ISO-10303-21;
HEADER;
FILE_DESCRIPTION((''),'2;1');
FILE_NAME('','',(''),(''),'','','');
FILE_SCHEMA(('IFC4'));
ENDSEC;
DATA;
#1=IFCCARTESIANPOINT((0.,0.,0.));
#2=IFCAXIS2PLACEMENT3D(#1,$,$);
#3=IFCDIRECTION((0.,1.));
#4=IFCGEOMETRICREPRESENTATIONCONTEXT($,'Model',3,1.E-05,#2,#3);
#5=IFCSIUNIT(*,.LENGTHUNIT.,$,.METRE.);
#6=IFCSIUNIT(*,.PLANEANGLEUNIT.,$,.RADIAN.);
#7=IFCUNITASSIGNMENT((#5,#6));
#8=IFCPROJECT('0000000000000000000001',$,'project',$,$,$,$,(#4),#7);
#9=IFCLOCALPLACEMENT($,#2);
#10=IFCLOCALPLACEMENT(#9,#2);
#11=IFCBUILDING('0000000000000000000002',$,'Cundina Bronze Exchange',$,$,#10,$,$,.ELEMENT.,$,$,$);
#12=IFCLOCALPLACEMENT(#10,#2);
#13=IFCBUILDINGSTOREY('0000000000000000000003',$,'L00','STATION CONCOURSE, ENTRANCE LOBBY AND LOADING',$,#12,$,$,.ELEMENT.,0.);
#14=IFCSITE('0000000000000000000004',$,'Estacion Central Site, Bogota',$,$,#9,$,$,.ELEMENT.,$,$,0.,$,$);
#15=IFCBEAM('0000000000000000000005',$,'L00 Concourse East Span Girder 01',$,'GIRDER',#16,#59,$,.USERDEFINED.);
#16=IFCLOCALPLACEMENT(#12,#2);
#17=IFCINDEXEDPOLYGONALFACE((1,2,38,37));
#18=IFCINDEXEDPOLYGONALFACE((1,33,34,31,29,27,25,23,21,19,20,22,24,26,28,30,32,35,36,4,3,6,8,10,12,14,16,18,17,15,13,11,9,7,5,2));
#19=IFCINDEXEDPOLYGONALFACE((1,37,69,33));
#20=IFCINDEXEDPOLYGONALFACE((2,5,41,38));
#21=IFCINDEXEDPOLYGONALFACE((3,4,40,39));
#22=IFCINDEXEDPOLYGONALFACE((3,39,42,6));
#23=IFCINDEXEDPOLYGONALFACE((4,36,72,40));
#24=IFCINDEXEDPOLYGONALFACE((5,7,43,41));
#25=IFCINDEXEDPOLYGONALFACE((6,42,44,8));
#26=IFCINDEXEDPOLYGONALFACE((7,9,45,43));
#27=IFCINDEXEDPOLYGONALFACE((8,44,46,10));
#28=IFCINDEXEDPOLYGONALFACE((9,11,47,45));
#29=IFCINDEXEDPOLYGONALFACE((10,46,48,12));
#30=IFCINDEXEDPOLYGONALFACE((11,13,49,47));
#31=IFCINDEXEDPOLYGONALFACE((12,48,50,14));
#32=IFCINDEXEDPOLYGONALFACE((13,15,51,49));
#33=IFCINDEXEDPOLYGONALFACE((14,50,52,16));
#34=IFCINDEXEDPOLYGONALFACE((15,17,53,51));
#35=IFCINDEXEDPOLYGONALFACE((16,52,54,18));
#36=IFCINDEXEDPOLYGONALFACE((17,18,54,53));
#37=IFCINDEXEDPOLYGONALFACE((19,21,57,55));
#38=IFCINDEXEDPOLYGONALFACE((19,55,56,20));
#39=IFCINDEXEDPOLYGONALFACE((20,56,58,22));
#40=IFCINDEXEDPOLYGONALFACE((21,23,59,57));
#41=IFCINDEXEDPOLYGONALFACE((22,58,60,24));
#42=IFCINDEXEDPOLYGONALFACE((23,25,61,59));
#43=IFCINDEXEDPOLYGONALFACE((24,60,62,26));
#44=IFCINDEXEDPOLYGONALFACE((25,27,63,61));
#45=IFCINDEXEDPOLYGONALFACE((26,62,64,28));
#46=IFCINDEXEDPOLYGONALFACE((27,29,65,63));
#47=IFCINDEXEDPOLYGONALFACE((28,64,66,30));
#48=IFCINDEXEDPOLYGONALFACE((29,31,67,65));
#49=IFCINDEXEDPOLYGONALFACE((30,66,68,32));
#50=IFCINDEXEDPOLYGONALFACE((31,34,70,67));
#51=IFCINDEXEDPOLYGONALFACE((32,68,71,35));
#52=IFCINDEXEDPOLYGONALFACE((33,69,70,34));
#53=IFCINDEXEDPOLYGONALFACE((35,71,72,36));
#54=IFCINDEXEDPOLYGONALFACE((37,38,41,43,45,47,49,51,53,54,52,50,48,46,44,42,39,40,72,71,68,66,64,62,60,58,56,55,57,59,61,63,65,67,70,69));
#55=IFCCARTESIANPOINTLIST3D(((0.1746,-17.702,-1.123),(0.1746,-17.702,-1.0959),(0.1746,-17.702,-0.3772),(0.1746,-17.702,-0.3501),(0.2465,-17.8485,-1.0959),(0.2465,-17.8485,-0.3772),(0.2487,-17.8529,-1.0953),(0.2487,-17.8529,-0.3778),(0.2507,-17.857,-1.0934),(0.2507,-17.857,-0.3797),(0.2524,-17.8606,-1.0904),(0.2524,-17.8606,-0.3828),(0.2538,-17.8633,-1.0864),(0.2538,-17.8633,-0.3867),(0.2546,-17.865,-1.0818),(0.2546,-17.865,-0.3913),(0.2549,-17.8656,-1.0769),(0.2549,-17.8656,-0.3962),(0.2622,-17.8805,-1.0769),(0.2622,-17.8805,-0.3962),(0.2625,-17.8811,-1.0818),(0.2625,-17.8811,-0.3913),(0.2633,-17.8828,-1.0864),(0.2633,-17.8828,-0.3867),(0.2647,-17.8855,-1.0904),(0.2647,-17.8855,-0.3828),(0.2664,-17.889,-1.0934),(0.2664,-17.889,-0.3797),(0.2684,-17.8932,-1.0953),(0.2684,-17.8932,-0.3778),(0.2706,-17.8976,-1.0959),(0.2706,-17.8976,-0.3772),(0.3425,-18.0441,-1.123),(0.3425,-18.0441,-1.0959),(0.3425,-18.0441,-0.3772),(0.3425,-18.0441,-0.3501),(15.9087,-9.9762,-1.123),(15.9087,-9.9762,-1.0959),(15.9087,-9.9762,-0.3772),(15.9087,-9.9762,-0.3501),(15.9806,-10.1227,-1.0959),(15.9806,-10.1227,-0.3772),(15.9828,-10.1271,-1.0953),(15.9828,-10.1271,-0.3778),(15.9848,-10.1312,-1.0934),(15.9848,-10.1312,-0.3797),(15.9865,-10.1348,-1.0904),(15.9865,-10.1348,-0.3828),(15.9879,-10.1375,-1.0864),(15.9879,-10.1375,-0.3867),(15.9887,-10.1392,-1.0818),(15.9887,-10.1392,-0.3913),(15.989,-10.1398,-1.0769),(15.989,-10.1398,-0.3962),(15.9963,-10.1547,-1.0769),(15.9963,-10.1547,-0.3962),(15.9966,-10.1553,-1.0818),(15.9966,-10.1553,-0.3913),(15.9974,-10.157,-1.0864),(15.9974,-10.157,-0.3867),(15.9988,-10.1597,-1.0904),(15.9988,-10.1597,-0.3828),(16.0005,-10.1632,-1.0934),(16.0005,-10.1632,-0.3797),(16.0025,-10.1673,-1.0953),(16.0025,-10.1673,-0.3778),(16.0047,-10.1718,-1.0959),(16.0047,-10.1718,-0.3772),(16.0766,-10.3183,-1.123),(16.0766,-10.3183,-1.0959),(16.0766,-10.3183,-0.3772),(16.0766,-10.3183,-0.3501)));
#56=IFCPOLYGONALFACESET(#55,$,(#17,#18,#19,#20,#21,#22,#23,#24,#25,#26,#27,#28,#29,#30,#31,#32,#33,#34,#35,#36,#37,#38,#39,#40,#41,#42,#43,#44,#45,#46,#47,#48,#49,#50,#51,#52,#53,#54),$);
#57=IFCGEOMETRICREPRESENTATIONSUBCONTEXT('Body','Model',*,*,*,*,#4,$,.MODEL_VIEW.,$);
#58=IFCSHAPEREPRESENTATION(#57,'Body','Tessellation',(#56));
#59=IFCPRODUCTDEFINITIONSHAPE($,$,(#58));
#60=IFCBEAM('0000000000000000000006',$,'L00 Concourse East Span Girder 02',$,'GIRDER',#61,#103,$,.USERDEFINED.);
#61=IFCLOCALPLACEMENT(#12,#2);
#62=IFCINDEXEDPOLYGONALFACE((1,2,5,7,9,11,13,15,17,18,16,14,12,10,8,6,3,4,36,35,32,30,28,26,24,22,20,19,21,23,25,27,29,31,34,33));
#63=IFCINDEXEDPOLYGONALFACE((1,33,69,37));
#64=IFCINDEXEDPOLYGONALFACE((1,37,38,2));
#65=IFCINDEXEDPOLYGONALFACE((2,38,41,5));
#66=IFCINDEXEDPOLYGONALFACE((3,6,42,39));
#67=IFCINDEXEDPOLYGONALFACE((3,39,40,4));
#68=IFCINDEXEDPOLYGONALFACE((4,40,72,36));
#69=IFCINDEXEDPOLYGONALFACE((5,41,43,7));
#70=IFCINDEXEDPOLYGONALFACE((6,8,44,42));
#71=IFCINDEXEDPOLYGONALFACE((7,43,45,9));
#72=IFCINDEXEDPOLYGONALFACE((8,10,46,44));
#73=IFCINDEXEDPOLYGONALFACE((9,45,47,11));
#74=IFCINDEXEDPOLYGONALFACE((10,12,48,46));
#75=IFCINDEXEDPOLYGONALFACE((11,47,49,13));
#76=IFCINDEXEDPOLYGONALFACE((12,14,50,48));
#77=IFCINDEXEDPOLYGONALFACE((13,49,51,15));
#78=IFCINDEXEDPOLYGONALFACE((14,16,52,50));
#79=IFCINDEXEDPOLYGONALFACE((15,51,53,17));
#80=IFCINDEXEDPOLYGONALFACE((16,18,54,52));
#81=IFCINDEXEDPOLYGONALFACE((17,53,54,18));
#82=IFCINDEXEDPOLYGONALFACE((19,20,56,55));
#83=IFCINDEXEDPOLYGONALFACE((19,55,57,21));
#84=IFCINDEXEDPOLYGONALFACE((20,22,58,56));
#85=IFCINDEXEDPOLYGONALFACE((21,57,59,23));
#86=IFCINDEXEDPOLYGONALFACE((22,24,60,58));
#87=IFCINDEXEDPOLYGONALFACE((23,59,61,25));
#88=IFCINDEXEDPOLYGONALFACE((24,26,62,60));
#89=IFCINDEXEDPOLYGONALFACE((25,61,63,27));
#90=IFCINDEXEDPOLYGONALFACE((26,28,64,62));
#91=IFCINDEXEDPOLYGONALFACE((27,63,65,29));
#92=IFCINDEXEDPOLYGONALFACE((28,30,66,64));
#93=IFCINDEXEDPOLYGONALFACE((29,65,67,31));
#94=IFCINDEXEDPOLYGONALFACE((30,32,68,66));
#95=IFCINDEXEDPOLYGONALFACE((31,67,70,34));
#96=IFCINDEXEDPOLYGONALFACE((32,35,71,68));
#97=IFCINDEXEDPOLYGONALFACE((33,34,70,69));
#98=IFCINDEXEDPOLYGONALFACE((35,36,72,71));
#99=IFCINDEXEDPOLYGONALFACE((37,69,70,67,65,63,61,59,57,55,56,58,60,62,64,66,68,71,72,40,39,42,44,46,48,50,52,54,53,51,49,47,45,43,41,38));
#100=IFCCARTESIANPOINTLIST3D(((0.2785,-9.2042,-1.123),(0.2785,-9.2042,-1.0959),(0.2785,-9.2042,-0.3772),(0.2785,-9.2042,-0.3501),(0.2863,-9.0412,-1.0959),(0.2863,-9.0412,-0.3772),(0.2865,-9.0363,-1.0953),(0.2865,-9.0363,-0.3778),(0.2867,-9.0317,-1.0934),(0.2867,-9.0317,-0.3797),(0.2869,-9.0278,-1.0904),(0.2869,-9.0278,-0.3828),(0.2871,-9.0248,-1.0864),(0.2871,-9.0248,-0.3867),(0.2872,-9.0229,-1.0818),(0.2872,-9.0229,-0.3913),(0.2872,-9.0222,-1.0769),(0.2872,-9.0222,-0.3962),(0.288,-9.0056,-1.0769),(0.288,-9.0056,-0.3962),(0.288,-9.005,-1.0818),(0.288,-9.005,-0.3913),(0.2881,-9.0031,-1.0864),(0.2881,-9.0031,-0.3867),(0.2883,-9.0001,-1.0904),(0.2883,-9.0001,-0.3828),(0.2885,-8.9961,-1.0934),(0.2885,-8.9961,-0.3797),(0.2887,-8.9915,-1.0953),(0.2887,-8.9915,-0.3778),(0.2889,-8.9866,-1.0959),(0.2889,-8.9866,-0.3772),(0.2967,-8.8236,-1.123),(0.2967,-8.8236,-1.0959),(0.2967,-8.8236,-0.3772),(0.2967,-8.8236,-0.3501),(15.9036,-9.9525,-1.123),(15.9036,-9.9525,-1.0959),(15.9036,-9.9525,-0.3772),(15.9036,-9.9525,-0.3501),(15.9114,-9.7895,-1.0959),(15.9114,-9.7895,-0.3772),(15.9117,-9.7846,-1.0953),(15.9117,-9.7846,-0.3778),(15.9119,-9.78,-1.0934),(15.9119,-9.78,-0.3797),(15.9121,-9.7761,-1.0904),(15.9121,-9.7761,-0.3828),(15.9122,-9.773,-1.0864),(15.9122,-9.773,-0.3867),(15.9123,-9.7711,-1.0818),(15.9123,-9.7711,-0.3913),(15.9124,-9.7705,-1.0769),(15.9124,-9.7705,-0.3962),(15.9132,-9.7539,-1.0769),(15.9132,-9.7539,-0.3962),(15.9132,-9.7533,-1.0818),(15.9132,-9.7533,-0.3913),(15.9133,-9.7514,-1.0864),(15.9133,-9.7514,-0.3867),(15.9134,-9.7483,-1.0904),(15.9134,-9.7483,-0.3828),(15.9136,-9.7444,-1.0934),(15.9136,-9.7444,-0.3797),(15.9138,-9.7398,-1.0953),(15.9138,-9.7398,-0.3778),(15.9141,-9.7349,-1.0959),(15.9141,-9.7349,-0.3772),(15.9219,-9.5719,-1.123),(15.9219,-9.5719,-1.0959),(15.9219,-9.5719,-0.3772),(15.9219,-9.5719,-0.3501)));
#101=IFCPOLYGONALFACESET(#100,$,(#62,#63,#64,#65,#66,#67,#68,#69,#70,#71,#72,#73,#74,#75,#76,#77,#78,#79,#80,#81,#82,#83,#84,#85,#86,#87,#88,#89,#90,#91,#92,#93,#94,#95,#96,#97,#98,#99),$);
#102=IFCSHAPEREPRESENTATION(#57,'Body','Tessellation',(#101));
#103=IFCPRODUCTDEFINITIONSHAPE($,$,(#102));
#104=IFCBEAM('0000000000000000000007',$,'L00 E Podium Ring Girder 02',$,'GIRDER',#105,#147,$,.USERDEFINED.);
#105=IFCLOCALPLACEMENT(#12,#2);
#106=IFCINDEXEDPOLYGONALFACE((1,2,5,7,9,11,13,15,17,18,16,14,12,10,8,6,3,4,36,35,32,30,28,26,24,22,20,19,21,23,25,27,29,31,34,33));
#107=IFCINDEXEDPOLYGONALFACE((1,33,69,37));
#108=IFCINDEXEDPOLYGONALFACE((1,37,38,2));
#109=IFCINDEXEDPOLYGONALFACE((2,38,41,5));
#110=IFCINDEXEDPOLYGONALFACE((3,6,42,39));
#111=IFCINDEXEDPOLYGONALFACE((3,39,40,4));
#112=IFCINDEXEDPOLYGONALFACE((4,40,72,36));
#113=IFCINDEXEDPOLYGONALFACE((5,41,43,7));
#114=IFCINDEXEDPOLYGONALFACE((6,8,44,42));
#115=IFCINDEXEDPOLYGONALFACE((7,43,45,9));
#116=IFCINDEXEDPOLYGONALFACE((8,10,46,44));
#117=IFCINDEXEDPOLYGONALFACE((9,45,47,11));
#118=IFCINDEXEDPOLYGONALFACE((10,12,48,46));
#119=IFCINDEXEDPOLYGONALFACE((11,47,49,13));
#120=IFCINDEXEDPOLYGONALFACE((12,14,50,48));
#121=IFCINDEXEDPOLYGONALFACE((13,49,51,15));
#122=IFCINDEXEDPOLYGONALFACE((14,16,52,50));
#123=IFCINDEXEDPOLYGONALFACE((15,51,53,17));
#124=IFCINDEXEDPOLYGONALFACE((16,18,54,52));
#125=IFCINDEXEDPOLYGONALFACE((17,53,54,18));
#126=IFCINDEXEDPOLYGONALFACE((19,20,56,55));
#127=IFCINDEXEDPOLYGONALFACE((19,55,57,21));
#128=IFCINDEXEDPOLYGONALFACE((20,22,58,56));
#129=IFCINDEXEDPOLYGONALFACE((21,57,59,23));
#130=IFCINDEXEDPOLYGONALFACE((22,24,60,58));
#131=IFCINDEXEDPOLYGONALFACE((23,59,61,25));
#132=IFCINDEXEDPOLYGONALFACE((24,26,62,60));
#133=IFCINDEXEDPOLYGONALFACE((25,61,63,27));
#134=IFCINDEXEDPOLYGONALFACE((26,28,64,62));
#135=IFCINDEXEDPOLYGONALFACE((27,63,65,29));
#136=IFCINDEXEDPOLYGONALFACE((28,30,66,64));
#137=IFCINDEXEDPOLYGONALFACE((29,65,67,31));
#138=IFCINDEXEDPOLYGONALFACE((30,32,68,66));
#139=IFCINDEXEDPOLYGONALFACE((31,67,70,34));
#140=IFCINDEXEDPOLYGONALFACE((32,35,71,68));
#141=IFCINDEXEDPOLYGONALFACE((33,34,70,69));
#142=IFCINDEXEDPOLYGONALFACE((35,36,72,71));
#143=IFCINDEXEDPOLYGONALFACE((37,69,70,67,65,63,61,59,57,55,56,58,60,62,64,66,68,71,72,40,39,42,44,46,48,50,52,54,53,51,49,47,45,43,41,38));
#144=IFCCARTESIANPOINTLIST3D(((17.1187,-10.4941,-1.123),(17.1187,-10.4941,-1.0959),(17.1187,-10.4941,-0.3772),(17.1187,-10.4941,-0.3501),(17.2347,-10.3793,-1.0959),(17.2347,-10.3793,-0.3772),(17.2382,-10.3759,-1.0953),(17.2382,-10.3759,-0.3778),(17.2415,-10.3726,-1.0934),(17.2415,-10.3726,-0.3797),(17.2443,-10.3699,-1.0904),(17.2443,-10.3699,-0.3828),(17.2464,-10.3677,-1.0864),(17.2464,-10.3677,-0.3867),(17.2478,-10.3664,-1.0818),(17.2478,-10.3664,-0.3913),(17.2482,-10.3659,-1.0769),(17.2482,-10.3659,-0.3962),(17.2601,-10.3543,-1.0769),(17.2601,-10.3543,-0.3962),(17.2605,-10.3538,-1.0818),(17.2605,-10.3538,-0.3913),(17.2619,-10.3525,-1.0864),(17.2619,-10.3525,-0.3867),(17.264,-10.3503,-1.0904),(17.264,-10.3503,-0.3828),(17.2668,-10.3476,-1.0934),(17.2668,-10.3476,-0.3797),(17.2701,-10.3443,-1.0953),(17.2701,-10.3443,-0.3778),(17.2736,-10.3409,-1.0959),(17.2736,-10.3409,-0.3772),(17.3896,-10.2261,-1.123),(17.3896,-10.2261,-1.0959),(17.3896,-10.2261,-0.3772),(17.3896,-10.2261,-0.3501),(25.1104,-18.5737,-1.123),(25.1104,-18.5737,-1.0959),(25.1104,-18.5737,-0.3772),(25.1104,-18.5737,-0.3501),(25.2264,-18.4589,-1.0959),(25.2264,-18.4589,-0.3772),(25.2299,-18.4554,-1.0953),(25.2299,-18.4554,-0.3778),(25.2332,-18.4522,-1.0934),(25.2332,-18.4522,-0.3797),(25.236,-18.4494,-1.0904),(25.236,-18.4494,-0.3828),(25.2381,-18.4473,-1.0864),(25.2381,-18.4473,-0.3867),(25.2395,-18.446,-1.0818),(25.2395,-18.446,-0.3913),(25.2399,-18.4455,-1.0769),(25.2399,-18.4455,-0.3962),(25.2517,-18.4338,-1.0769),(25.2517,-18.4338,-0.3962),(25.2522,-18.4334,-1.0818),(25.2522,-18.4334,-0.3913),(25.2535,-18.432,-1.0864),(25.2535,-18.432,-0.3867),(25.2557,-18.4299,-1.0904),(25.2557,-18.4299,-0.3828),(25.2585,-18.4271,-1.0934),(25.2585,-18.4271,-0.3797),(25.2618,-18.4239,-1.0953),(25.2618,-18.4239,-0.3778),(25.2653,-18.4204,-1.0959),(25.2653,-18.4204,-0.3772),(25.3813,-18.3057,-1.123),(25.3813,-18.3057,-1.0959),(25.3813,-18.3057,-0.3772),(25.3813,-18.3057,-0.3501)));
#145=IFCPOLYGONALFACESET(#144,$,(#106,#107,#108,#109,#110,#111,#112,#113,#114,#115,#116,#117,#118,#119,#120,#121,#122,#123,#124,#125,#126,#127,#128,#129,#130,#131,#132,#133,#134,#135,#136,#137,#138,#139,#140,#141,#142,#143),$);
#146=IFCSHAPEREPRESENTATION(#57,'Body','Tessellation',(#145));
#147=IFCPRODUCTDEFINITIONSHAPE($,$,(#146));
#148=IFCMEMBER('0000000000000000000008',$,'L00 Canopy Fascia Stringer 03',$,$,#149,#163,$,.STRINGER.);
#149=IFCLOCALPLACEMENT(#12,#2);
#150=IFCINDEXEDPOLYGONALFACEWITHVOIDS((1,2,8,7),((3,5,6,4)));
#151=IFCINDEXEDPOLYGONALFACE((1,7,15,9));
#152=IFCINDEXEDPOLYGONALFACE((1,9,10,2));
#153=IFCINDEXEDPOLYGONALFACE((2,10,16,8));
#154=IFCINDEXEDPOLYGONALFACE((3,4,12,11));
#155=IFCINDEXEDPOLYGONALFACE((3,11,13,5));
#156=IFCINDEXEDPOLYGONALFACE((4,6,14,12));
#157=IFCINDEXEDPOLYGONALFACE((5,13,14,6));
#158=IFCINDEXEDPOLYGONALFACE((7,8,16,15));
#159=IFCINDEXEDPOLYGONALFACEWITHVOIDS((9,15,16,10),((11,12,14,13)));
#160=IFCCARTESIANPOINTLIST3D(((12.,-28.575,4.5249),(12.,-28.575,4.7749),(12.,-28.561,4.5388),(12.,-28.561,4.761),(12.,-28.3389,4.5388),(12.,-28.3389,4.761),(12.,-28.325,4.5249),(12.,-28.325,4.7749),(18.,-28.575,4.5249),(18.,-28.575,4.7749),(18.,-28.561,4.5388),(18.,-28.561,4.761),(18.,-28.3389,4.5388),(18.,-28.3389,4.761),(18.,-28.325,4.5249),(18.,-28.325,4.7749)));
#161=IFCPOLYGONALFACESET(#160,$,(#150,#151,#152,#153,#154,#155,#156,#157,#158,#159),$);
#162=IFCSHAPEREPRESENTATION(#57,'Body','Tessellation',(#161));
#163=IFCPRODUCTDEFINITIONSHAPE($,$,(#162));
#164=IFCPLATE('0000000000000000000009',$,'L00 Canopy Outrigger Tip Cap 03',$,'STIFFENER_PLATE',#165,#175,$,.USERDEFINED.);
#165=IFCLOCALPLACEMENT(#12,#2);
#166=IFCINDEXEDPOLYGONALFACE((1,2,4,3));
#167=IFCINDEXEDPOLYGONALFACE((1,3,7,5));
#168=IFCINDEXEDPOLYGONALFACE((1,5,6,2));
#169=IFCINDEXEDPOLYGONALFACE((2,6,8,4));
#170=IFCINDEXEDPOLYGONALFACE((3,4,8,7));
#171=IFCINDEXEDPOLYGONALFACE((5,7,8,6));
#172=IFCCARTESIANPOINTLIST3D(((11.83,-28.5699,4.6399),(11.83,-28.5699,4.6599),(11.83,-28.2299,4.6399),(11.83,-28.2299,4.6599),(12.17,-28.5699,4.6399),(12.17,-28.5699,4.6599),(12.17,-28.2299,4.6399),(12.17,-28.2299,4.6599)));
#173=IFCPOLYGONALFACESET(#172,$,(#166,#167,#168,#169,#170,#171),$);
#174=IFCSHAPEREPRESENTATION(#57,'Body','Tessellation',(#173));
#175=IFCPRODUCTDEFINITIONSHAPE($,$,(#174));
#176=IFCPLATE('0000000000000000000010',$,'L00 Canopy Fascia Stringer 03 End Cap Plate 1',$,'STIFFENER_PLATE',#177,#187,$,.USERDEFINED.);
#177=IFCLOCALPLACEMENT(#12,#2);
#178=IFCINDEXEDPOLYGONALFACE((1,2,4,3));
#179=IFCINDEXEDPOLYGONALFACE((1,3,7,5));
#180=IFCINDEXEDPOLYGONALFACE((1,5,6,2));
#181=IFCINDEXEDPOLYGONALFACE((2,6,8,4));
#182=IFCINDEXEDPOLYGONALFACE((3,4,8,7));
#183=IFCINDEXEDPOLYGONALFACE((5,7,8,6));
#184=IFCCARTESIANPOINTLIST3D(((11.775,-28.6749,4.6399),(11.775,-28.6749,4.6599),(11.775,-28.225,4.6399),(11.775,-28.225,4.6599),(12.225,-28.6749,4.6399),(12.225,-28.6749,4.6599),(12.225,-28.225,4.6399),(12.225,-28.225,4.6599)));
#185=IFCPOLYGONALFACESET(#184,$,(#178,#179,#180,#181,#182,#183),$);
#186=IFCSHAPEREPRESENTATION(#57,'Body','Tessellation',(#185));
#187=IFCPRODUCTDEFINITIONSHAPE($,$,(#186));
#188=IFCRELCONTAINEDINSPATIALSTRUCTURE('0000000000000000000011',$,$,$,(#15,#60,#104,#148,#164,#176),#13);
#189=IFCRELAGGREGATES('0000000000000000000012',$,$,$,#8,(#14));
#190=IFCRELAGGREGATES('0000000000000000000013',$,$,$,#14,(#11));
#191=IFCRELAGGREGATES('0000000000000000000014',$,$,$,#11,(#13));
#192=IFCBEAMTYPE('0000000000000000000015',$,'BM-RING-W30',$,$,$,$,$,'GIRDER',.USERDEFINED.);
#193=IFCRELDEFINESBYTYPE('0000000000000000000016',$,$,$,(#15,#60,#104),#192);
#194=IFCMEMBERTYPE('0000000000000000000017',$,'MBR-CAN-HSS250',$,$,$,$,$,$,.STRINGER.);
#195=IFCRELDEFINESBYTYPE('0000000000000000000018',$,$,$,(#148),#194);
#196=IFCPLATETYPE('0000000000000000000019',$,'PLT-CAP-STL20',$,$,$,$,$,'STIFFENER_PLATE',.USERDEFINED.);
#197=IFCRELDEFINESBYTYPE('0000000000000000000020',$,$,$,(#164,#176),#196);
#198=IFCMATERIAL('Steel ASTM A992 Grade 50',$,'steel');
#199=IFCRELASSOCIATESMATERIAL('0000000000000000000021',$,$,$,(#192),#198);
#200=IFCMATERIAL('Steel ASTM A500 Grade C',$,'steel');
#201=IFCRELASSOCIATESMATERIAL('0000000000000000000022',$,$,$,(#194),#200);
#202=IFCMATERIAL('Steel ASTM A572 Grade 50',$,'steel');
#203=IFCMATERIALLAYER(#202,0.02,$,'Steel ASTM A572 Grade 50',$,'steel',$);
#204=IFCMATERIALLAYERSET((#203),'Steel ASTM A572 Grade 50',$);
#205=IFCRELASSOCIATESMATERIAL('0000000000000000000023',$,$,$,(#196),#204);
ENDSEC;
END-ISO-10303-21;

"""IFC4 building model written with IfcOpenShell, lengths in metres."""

from ifc_helpers import new_model, si_unit, direction, frame, origin, origin_2d, place, context, subcontext, project, spatial, rectangle, hollow_rectangle, i_section, extrude, material, layer, layer_set, material_profile, profile_set, type_object, element, save


model = new_model("IFC4")

# Units and contexts
model_context = context("Model", 3, precision=1e-05, world=origin(), true_north=direction((0.0, 1.0)))
body_context = subcontext(model_context, "Body", "Model", "MODEL_VIEW")
ifc_project = project(units=[si_unit("LENGTHUNIT", "METRE"), si_unit("PLANEANGLEUNIT", "RADIAN")], contexts=[model_context])

# Site, building, storey
site_placement = place(None, origin())
site = spatial("IfcSite", under=ifc_project, at=site_placement, Name="Estacion Central Site, Bogota", CompositionType="ELEMENT", RefElevation=0.0)
building_placement = place(site_placement, origin())
building = spatial("IfcBuilding", under=site, at=building_placement, Name="Cundina Bronze Exchange", CompositionType="ELEMENT")
storey_placement = place(building_placement, origin())
storey = spatial("IfcBuildingStorey", under=building, at=storey_placement, Name="L00", Description="STATION CONCOURSE, ENTRANCE LOBBY AND LOADING", CompositionType="ELEMENT", Elevation=0.0)

# Beams
ifc_material_1 = material(Name="Steel ASTM A500 Grade C", Category="steel")
ifc_material_2 = material(Name="Steel ASTM A992 Grade 50", Category="steel")
ifc_material_profile_1 = material_profile(ifc_material_2, i_section(OverallWidth=0.3811, OverallDepth=0.7729, WebThickness=0.0166, FlangeThickness=0.0271, FilletRadius=0.019, at=origin_2d()), Name="W30X173", Category="steel")
ifc_profile_set_1 = profile_set([ifc_material_profile_1], Name="Steel ASTM A992 Grade 50")
beam_type_1 = type_object("IfcBeamType", Name="BM-RING-W30", ElementType="GIRDER", PredefinedType="USERDEFINED", material=ifc_profile_set_1)
beam_1_placement = place(storey_placement, frame((0.2585, -17.873, -0.7366), z_axis=(0.897627, 0.440756, 0.0), x_axis=(-0.440756, 0.897627, 0.0)))
element("IfcBeam", 1, at=beam_1_placement, inside=storey, type_object=beam_type_1, Name="L00 Concourse East Span Girder 01", ObjectType="GIRDER", PredefinedType="USERDEFINED", context=body_context, shape_type="SweptSolid", body=[
    extrude(i_section(OverallWidth=0.3811, OverallDepth=0.7729, WebThickness=0.0166, FlangeThickness=0.0271, FilletRadius=0.019, at=origin_2d()), origin(), (0.0, 0.0, 1.0), 17.5286),
])
beam_2_placement = place(storey_placement, frame((0.2876, -9.0139, -0.7366), z_axis=(0.998855, -0.047835, 0.0), x_axis=(0.047835, 0.998855, 0.0)))
element("IfcBeam", 2, at=beam_2_placement, inside=storey, type_object=beam_type_1, Name="L00 Concourse East Span Girder 02", ObjectType="GIRDER", PredefinedType="USERDEFINED", context=body_context, shape_type="SweptSolid", body=[
    extrude(i_section(OverallWidth=0.3811, OverallDepth=0.7729, WebThickness=0.0166, FlangeThickness=0.0271, FilletRadius=0.019, at=origin_2d()), origin(), (0.0, 0.0, 1.0), 15.6431),
])
beam_3_placement = place(storey_placement, frame((17.2542, -10.3601, -0.7366), z_axis=(0.703229, -0.710963, 0.0), x_axis=(0.710963, 0.703229, 0.0)))
element("IfcBeam", 3, at=beam_3_placement, inside=storey, type_object=beam_type_1, Name="L00 E Podium Ring Girder 02", ObjectType="GIRDER", PredefinedType="USERDEFINED", context=body_context, shape_type="SweptSolid", body=[
    extrude(i_section(OverallWidth=0.3811, OverallDepth=0.7729, WebThickness=0.0166, FlangeThickness=0.0271, FilletRadius=0.019, at=origin_2d()), origin(), (0.0, 0.0, 1.0), 11.3643),
])

# Member
ifc_material_profile_2 = material_profile(ifc_material_1, hollow_rectangle(XDim=0.25, YDim=0.25, WallThickness=0.0139, at=origin_2d()), Name="HSS250X250X14", Category="steel")
ifc_profile_set_2 = profile_set([ifc_material_profile_2], Name="Steel ASTM A500 Grade C")
member_type = type_object("IfcMemberType", Name="MBR-CAN-HSS250", PredefinedType="STRINGER", material=ifc_profile_set_2)
member_placement = place(storey_placement, frame((12.0, -28.45, 4.6499), z_axis=(1.0, 0.0, 0.0), x_axis=(0.0, 1.0, 0.0)))
element("IfcMember", 4, at=member_placement, inside=storey, type_object=member_type, Name="L00 Canopy Fascia Stringer 03", PredefinedType="STRINGER", context=body_context, shape_type="SweptSolid", body=[
    extrude(hollow_rectangle(XDim=0.25, YDim=0.25, WallThickness=0.0139, at=origin_2d()), origin(), (0.0, 0.0, 1.0), 6.0),
])

# Plates
ifc_material_3 = material(Name="Steel ASTM A572 Grade 50", Category="steel")
ifc_layer_1 = layer(ifc_material_3, 0.02, Name="Steel ASTM A572 Grade 50", Category="steel")
ifc_layer_set_1 = layer_set([ifc_layer_1], Name="Steel ASTM A572 Grade 50")
plate_type = type_object("IfcPlateType", Name="PLT-CAP-STL20", ElementType="STIFFENER_PLATE", PredefinedType="USERDEFINED", material=ifc_layer_set_1)
plate_1_placement = place(storey_placement, frame((12.0, -28.3999, 4.6399), z_axis=(0.0, 0.0, 1.0), x_axis=(1.0, 0.0, 0.0)))
element("IfcPlate", 5, at=plate_1_placement, inside=storey, type_object=plate_type, Name="L00 Canopy Outrigger Tip Cap 03", ObjectType="STIFFENER_PLATE", PredefinedType="USERDEFINED", context=body_context, shape_type="SweptSolid", body=[
    extrude(rectangle(XDim=0.3401, YDim=0.3401, at=origin_2d()), origin(), (0.0, 0.0, 1.0), 0.02),
])
for number, where, z_axis, x_axis, name in (
    (6, (12.0, -28.45, 4.6399), (0.0, 0.0, 1.0), (1.0, 0.0, 0.0), "L00 Canopy Fascia Stringer 03 End Cap Plate 1"),
):
    element("IfcPlate", number, at=place(storey_placement, frame(where, z_axis=z_axis, x_axis=x_axis)), inside=storey, type_object=plate_type, Name=name, ObjectType="STIFFENER_PLATE", PredefinedType="USERDEFINED", context=body_context, shape_type="SweptSolid", body=[
        extrude(rectangle(XDim=0.45, YDim=0.45, at=origin_2d()), origin(), (0.0, 0.0, 1.0), 0.02),
    ])

save(model, "model.ifc")
